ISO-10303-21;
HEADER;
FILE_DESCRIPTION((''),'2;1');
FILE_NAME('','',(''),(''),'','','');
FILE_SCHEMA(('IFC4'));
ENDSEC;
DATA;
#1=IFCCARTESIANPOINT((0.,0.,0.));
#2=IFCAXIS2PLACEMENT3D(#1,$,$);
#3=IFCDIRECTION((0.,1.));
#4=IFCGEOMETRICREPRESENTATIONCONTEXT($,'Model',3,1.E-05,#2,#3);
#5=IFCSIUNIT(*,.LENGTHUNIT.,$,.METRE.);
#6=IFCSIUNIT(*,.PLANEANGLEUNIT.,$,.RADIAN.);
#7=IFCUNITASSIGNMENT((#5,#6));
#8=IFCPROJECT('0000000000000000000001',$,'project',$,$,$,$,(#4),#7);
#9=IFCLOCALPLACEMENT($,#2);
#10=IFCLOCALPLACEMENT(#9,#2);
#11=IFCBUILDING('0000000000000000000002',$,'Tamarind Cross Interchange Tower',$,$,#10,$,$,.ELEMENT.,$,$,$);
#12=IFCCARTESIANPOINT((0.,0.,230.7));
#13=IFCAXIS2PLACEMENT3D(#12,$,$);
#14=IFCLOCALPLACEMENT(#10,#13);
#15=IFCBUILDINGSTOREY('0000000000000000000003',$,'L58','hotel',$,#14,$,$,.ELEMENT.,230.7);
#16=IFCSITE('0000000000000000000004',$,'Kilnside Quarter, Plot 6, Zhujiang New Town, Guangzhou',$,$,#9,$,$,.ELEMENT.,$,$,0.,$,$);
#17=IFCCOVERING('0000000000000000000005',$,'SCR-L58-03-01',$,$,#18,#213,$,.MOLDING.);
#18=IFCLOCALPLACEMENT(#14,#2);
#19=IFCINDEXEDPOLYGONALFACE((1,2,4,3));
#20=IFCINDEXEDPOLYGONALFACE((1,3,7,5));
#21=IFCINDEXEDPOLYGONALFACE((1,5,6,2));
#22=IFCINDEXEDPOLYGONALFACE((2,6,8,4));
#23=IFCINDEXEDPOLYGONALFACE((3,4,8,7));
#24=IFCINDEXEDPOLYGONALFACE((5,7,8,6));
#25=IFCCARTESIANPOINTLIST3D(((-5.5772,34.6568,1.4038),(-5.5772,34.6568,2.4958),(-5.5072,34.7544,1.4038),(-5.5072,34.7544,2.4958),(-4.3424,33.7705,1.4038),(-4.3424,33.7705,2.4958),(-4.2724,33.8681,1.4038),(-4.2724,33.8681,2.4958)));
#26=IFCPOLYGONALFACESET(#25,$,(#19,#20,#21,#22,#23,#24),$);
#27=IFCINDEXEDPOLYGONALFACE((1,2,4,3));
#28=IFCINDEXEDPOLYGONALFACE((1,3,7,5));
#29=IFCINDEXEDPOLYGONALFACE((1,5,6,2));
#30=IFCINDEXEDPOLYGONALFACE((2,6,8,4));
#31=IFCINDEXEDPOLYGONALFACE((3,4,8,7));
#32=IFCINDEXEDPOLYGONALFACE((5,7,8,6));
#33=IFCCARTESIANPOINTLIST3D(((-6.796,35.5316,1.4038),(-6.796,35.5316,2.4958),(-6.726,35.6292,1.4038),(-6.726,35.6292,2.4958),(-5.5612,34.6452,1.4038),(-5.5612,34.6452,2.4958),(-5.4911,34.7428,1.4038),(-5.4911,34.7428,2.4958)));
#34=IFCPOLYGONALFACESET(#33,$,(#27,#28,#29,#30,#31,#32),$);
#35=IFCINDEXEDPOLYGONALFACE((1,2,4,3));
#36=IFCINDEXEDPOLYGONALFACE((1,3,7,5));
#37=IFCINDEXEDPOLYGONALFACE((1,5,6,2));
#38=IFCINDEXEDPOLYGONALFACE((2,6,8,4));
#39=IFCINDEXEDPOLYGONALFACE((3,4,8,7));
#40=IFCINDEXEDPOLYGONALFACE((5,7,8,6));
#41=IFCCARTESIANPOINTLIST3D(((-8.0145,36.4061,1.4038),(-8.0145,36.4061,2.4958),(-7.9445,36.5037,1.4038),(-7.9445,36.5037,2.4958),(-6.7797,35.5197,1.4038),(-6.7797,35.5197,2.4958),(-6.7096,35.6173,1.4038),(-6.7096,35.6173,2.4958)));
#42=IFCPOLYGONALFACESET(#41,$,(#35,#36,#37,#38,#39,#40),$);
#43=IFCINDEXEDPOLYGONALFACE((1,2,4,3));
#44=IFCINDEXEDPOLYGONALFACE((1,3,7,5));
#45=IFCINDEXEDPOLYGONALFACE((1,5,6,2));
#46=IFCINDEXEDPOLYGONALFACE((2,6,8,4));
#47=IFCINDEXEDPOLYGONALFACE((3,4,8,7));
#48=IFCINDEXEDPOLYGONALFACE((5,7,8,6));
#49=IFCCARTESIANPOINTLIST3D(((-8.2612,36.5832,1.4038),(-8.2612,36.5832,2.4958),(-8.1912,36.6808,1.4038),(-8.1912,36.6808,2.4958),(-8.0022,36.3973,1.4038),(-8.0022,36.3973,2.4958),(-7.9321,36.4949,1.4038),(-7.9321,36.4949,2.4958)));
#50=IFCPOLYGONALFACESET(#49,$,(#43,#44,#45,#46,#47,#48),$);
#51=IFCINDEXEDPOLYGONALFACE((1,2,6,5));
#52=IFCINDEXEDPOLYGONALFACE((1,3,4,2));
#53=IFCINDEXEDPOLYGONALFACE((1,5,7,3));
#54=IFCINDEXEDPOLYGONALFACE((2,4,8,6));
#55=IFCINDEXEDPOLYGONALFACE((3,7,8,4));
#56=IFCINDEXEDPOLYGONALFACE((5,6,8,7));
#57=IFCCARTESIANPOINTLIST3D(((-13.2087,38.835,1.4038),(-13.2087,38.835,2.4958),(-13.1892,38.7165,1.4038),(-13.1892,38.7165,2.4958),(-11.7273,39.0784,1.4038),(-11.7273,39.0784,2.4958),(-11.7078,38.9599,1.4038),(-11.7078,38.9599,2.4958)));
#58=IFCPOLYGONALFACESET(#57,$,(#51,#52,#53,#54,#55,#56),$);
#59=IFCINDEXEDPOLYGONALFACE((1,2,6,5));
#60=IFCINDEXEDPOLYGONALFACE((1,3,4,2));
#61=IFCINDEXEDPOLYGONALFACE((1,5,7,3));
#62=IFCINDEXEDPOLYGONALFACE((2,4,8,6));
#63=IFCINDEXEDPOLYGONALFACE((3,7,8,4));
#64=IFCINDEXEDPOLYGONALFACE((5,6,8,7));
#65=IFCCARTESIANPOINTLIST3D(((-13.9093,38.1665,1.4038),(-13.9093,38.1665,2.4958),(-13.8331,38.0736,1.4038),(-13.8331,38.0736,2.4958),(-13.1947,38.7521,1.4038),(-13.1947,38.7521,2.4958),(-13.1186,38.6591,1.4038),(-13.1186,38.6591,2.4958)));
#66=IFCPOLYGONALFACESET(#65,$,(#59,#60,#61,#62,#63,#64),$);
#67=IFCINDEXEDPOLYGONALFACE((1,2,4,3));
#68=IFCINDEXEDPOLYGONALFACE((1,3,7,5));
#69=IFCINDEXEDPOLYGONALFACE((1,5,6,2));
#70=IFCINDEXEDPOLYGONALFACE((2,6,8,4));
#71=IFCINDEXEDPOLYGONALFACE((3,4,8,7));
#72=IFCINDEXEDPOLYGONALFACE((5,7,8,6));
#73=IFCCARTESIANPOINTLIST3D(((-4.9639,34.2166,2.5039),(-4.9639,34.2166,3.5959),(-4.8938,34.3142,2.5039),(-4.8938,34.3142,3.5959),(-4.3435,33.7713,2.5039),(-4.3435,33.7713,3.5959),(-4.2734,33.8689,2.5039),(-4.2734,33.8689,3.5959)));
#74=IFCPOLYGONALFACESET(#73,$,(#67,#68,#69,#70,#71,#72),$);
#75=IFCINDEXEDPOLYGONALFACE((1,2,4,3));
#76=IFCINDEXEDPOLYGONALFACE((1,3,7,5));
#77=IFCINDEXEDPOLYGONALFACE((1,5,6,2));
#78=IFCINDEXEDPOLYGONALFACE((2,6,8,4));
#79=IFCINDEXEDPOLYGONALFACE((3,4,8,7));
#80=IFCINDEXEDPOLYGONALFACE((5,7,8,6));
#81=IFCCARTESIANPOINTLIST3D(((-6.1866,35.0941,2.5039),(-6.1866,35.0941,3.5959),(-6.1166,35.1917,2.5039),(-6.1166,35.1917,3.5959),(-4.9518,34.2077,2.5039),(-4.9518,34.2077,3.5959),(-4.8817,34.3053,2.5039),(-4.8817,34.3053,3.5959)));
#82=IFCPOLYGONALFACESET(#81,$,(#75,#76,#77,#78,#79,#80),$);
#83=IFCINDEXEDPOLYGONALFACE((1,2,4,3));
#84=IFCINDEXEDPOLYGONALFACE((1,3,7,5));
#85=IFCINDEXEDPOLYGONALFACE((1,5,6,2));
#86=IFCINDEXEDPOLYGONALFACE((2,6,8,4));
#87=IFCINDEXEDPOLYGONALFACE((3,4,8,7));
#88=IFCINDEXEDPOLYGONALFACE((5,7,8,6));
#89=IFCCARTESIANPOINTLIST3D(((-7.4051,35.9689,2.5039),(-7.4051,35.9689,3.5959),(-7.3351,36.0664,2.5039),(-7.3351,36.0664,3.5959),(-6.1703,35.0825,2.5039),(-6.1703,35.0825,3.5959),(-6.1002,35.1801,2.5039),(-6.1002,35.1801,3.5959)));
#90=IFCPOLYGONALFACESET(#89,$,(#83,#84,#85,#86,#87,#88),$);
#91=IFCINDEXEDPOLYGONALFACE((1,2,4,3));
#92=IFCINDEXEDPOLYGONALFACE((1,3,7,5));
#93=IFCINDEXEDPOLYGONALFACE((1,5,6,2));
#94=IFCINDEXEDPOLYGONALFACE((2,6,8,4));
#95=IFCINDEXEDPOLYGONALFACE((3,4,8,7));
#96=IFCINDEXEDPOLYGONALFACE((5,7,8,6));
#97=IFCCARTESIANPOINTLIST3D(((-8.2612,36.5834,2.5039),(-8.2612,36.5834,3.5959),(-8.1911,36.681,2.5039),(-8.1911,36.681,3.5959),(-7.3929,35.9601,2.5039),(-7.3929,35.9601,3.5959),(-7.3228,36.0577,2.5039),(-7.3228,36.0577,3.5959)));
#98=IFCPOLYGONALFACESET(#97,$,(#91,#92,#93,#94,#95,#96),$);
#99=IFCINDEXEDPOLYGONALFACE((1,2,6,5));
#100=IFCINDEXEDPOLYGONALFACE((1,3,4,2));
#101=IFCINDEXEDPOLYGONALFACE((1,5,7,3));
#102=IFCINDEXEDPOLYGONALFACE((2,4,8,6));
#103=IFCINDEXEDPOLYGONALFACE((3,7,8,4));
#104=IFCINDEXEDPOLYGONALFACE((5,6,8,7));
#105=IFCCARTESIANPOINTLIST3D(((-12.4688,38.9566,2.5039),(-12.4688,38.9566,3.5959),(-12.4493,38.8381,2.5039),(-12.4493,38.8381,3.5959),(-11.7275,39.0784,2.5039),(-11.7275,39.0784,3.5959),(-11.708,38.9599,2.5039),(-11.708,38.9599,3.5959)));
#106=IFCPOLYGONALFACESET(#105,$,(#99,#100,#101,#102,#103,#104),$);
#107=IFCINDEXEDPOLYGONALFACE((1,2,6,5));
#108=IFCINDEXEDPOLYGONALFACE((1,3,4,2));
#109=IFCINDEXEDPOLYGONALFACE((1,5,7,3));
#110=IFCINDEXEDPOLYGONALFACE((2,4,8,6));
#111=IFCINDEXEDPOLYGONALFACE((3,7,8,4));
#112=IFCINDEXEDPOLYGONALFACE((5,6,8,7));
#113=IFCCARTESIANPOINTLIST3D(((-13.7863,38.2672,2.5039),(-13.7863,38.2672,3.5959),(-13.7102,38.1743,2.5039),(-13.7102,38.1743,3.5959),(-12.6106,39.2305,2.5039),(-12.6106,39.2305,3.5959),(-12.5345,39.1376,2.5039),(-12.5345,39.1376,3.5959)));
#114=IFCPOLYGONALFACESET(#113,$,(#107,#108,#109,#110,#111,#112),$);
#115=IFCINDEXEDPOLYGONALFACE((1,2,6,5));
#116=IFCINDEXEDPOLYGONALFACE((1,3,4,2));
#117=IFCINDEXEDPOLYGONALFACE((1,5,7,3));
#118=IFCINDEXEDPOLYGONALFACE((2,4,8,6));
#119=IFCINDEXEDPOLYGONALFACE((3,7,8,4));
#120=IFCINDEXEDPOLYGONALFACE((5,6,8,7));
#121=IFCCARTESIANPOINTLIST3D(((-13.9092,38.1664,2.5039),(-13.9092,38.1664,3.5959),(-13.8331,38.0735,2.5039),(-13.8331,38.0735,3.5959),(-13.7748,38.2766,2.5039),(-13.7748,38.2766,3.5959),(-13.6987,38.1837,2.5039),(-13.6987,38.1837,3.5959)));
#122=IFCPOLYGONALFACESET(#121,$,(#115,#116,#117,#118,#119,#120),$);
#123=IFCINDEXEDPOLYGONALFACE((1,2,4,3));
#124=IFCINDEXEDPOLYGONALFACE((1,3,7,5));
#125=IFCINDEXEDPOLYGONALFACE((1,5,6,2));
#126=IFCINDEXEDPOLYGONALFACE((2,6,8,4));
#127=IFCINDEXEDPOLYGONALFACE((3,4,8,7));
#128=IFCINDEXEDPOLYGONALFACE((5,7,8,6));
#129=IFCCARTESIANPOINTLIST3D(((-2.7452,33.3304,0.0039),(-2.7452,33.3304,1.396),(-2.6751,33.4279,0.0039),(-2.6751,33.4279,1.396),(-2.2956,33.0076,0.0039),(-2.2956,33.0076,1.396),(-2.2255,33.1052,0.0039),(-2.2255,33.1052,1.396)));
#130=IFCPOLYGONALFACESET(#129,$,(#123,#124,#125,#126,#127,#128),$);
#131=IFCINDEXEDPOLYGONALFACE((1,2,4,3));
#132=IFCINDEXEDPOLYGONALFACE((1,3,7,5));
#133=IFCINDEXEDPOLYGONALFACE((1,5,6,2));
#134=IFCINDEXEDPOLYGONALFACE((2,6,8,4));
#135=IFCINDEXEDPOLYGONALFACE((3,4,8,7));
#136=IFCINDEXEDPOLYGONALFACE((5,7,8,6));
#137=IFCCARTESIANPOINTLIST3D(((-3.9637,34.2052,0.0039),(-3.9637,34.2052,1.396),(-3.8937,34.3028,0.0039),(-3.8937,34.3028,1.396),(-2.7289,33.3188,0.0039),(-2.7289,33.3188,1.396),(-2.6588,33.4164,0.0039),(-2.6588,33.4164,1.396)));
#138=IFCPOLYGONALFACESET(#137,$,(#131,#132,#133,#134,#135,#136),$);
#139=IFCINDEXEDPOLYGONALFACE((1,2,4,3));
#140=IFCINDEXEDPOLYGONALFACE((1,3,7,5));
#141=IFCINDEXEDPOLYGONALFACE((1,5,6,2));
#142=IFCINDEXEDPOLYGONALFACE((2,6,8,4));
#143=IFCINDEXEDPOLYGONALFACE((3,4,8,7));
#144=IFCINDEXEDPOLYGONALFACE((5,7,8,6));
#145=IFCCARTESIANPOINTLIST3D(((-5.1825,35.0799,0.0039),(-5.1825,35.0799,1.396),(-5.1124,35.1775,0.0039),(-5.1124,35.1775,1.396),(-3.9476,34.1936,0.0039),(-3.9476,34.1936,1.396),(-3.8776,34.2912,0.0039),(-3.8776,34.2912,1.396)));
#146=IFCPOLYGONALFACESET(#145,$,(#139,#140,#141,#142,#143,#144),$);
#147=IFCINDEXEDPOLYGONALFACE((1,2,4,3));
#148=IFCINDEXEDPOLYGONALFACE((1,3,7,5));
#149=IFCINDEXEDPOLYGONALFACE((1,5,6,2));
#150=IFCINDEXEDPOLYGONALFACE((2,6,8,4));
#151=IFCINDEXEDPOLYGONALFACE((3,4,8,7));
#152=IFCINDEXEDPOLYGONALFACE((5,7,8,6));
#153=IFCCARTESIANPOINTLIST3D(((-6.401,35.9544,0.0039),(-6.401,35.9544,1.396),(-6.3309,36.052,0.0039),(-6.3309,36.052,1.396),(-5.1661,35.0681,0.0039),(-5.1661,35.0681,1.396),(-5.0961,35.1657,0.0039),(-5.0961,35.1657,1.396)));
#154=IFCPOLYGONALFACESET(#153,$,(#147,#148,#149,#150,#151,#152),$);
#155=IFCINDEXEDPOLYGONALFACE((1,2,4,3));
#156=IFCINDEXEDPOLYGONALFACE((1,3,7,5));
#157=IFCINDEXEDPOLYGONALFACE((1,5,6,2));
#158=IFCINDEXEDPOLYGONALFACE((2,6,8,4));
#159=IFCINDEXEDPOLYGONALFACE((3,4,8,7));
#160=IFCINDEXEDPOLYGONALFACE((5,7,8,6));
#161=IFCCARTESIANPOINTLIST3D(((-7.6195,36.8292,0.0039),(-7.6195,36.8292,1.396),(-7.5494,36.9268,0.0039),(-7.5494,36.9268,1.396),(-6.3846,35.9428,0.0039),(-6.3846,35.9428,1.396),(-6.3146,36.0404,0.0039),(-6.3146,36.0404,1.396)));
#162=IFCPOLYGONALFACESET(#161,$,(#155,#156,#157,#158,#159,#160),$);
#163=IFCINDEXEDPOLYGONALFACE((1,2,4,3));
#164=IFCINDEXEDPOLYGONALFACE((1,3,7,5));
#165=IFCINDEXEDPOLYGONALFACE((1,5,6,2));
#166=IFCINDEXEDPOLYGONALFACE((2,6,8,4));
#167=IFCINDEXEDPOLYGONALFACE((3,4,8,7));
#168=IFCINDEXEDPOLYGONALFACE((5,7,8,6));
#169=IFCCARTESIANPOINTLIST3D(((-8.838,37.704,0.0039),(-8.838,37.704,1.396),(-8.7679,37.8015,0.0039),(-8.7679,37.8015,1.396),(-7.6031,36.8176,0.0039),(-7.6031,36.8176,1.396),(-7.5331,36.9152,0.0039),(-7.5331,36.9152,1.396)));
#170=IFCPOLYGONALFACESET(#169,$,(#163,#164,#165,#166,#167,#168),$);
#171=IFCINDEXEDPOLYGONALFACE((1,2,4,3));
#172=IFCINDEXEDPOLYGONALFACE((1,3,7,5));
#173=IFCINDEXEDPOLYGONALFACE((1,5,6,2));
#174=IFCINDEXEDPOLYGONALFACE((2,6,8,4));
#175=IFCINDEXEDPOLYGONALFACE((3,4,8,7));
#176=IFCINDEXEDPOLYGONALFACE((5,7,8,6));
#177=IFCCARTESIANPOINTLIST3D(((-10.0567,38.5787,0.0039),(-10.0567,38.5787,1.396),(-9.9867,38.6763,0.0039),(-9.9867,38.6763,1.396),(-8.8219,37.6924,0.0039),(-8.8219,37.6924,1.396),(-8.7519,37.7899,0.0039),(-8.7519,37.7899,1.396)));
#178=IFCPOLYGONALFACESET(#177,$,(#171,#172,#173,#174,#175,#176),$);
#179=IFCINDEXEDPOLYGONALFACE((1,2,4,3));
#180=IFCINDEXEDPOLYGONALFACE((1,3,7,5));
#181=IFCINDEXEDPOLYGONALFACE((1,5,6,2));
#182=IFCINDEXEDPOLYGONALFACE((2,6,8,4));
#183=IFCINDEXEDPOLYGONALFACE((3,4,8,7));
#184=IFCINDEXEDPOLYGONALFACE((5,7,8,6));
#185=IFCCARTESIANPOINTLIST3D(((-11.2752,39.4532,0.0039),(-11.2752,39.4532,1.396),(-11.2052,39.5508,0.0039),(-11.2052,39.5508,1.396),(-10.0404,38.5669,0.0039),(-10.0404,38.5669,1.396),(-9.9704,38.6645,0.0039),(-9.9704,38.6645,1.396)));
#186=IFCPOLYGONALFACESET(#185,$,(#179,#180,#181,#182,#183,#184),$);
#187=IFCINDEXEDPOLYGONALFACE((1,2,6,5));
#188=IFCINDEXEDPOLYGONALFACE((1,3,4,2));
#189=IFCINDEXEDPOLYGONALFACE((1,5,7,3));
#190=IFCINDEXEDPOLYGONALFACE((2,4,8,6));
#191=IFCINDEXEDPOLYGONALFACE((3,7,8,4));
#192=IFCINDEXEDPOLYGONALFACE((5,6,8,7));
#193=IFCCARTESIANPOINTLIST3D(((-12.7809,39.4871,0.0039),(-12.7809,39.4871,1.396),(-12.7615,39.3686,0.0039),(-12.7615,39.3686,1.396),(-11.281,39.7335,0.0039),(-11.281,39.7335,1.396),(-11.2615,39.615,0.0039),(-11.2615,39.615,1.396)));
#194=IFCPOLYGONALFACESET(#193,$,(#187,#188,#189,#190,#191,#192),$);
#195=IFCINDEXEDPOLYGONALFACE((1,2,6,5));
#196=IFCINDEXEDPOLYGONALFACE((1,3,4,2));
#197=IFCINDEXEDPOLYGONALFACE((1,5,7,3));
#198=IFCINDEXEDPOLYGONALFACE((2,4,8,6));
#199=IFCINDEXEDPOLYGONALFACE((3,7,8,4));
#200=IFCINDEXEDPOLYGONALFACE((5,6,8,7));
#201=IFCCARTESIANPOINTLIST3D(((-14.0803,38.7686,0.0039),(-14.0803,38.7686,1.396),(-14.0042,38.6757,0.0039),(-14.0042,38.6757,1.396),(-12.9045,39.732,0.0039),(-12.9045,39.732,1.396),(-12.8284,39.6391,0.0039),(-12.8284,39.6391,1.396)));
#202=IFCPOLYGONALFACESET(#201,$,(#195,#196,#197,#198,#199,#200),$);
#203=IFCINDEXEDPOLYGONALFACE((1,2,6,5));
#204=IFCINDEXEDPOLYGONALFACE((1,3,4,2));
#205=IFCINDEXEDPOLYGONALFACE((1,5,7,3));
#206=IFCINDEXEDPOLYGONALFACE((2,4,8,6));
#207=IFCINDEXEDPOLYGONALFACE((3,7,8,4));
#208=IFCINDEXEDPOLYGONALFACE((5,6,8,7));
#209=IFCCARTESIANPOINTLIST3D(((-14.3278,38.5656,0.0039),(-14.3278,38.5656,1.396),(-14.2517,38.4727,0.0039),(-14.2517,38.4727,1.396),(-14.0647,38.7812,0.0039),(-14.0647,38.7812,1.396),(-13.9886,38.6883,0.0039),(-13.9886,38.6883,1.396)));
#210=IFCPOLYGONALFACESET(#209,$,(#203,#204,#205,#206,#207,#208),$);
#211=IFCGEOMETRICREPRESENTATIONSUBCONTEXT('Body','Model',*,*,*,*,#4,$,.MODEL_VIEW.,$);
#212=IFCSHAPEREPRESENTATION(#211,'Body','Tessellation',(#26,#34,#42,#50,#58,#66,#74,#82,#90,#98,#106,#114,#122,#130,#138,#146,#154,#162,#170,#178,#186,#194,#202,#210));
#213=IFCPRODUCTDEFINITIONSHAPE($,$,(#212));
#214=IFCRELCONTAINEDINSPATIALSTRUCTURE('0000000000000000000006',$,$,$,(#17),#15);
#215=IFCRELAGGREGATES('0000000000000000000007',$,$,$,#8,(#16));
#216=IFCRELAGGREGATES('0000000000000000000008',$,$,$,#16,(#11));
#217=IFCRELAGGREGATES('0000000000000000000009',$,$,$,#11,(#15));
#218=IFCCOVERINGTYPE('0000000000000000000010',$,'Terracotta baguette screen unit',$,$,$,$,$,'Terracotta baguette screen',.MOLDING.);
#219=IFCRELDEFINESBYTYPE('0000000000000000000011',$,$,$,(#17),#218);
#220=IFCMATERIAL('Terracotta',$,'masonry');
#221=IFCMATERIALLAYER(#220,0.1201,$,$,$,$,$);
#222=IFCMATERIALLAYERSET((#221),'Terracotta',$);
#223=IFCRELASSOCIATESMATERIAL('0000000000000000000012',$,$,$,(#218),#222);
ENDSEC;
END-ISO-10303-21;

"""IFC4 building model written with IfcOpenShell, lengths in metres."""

from ifc_helpers import new_model, si_unit, direction, frame, origin, origin_2d, place, context, subcontext, project, spatial, rectangle, extrude, material, layer, layer_set, type_object, element, save


model = new_model("IFC4")

# Units and contexts
model_context = context("Model", 3, precision=1e-05, world=origin(), true_north=direction((0.0, 1.0)))
body_context = subcontext(model_context, "Body", "Model", "MODEL_VIEW")
ifc_project = project(units=[si_unit("LENGTHUNIT", "METRE"), si_unit("PLANEANGLEUNIT", "RADIAN")], contexts=[model_context])

# Site, building, storey
site_placement = place(None, origin())
site = spatial("IfcSite", under=ifc_project, at=site_placement, Name="Kilnside Quarter, Plot 6, Zhujiang New Town, Guangzhou", CompositionType="ELEMENT", RefElevation=0.0)
building_placement = place(site_placement, origin())
building = spatial("IfcBuilding", under=site, at=building_placement, Name="Tamarind Cross Interchange Tower", CompositionType="ELEMENT")
storey_placement = place(building_placement, frame((0.0, 0.0, 230.7)))
storey = spatial("IfcBuildingStorey", under=building, at=storey_placement, Name="L58", Description="hotel", CompositionType="ELEMENT", Elevation=230.7)

# Covering
ifc_material_1 = material(Name="Terracotta", Category="masonry")
ifc_layer_1 = layer(ifc_material_1, 0.1201)
ifc_layer_set_1 = layer_set([ifc_layer_1], Name="Terracotta")
covering_type = type_object("IfcCoveringType", Name="Terracotta baguette screen unit", ElementType="Terracotta baguette screen", PredefinedType="MOLDING", material=ifc_layer_set_1)
covering_1_placement = place(storey_placement, origin())
element("IfcCovering", 1, at=covering_1_placement, inside=storey, type_object=covering_type, Name="SCR-L58-03-01", PredefinedType="MOLDING", context=body_context, shape_type="SweptSolid", body=[
    extrude(rectangle(XDim=1.52, YDim=0.1201, at=origin_2d()), frame((-4.9248, 34.2625, 1.4038), z_axis=(0.0, 0.0, 1.0), x_axis=(-0.812385, 0.583122, 0.0)), (0.0, 0.0, 1.0), 1.092),
    extrude(rectangle(XDim=1.52, YDim=0.1201, at=origin_2d()), frame((-6.1436, 35.1372, 1.4038), z_axis=(0.0, 0.0, 1.0), x_axis=(-0.812385, 0.583122, 0.0)), (0.0, 0.0, 1.0), 1.092),
    extrude(rectangle(XDim=1.52, YDim=0.1201, at=origin_2d()), frame((-7.3621, 36.0117, 1.4038), z_axis=(0.0, 0.0, 1.0), x_axis=(-0.812385, 0.583122, 0.0)), (0.0, 0.0, 1.0), 1.092),
    extrude(rectangle(XDim=0.3188, YDim=0.1201, at=origin_2d()), frame((-8.0967, 36.5391, 1.4038), z_axis=(0.0, 0.0, 1.0), x_axis=(-0.812385, 0.583122, 0.0)), (0.0, 0.0, 1.0), 1.092),
    extrude(rectangle(XDim=1.5012, YDim=0.1201, at=origin_2d()), frame((-12.4583, 38.8975, 1.4038), z_axis=(0.0, 0.0, 1.0), x_axis=(-0.986772, -0.162114, 0.0)), (0.0, 0.0, 1.0), 1.092),
    extrude(rectangle(XDim=0.9238, YDim=0.1201, at=origin_2d()), frame((-13.5139, 38.4128, 1.4038), z_axis=(0.0, 0.0, 1.0), x_axis=(-0.773513, -0.633781, 0.0)), (0.0, 0.0, 1.0), 1.092),
    extrude(rectangle(XDim=0.7637, YDim=0.1201, at=origin_2d()), frame((-4.6187, 34.0427, 2.5039), z_axis=(0.0, 0.0, 1.0), x_axis=(-0.812385, 0.583122, 0.0)), (0.0, 0.0, 1.0), 1.092),
    extrude(rectangle(XDim=1.52, YDim=0.1201, at=origin_2d()), frame((-5.5342, 34.6997, 2.5039), z_axis=(0.0, 0.0, 1.0), x_axis=(-0.812385, 0.583122, 0.0)), (0.0, 0.0, 1.0), 1.092),
    extrude(rectangle(XDim=1.52, YDim=0.1201, at=origin_2d()), frame((-6.7527, 35.5745, 2.5039), z_axis=(0.0, 0.0, 1.0), x_axis=(-0.812385, 0.583122, 0.0)), (0.0, 0.0, 1.0), 1.092),
    extrude(rectangle(XDim=1.0688, YDim=0.1201, at=origin_2d()), frame((-7.792, 36.3206, 2.5039), z_axis=(0.0, 0.0, 1.0), x_axis=(-0.812385, 0.583122, 0.0)), (0.0, 0.0, 1.0), 1.092),
    extrude(rectangle(XDim=0.7512, YDim=0.1201, at=origin_2d()), frame((-12.0884, 38.9583, 2.5039), z_axis=(0.0, 0.0, 1.0), x_axis=(-0.986772, -0.162114, 0.0)), (0.0, 0.0, 1.0), 1.092),
    extrude(rectangle(XDim=1.52, YDim=0.1201, at=origin_2d()), frame((-13.1604, 38.7024, 2.5039), z_axis=(0.0, 0.0, 1.0), x_axis=(-0.773513, -0.633781, 0.0)), (0.0, 0.0, 1.0), 1.092),
    extrude(rectangle(XDim=0.1738, YDim=0.1201, at=origin_2d()), frame((-13.804, 38.175, 2.5039), z_axis=(0.0, 0.0, 1.0), x_axis=(-0.773513, -0.633781, 0.0)), (0.0, 0.0, 1.0), 1.092),
    extrude(rectangle(XDim=0.5535, YDim=0.1201, at=origin_2d()), frame((-2.4854, 33.2178, 0.0039), z_axis=(0.0, 0.0, 1.0), x_axis=(-0.812385, 0.583122, 0.0)), (0.0, 0.0, 1.0), 1.3921),
    extrude(rectangle(XDim=1.52, YDim=0.1201, at=origin_2d()), frame((-3.3113, 33.8108, 0.0039), z_axis=(0.0, 0.0, 1.0), x_axis=(-0.812385, 0.583122, 0.0)), (0.0, 0.0, 1.0), 1.3921),
    extrude(rectangle(XDim=1.52, YDim=0.1201, at=origin_2d()), frame((-4.53, 34.6855, 0.0039), z_axis=(0.0, 0.0, 1.0), x_axis=(-0.812385, 0.583122, 0.0)), (0.0, 0.0, 1.0), 1.3921),
    extrude(rectangle(XDim=1.52, YDim=0.1201, at=origin_2d()), frame((-5.7485, 35.5601, 0.0039), z_axis=(0.0, 0.0, 1.0), x_axis=(-0.812385, 0.583122, 0.0)), (0.0, 0.0, 1.0), 1.3921),
    extrude(rectangle(XDim=1.52, YDim=0.1201, at=origin_2d()), frame((-6.967, 36.4348, 0.0039), z_axis=(0.0, 0.0, 1.0), x_axis=(-0.812385, 0.583122, 0.0)), (0.0, 0.0, 1.0), 1.3921),
    extrude(rectangle(XDim=1.52, YDim=0.1201, at=origin_2d()), frame((-8.1855, 37.3096, 0.0039), z_axis=(0.0, 0.0, 1.0), x_axis=(-0.812385, 0.583122, 0.0)), (0.0, 0.0, 1.0), 1.3921),
    extrude(rectangle(XDim=1.52, YDim=0.1201, at=origin_2d()), frame((-9.4043, 38.1843, 0.0039), z_axis=(0.0, 0.0, 1.0), x_axis=(-0.812385, 0.583122, 0.0)), (0.0, 0.0, 1.0), 1.3921),
    extrude(rectangle(XDim=1.52, YDim=0.1201, at=origin_2d()), frame((-10.6228, 39.0588, 0.0039), z_axis=(0.0, 0.0, 1.0), x_axis=(-0.812385, 0.583122, 0.0)), (0.0, 0.0, 1.0), 1.3921),
    extrude(rectangle(XDim=1.52, YDim=0.1201, at=origin_2d()), frame((-12.0212, 39.551, 0.0039), z_axis=(0.0, 0.0, 1.0), x_axis=(-0.986772, -0.162114, 0.0)), (0.0, 0.0, 1.0), 1.3921),
    extrude(rectangle(XDim=1.52, YDim=0.1201, at=origin_2d()), frame((-13.4543, 39.2039, 0.0039), z_axis=(0.0, 0.0, 1.0), x_axis=(-0.773513, -0.633781, 0.0)), (0.0, 0.0, 1.0), 1.3921),
    extrude(rectangle(XDim=0.3401, YDim=0.1201, at=origin_2d()), frame((-14.1582, 38.627, 0.0039), z_axis=(0.0, 0.0, 1.0), x_axis=(-0.773513, -0.633781, 0.0)), (0.0, 0.0, 1.0), 1.3921),
])

save(model, "model.ifc")
